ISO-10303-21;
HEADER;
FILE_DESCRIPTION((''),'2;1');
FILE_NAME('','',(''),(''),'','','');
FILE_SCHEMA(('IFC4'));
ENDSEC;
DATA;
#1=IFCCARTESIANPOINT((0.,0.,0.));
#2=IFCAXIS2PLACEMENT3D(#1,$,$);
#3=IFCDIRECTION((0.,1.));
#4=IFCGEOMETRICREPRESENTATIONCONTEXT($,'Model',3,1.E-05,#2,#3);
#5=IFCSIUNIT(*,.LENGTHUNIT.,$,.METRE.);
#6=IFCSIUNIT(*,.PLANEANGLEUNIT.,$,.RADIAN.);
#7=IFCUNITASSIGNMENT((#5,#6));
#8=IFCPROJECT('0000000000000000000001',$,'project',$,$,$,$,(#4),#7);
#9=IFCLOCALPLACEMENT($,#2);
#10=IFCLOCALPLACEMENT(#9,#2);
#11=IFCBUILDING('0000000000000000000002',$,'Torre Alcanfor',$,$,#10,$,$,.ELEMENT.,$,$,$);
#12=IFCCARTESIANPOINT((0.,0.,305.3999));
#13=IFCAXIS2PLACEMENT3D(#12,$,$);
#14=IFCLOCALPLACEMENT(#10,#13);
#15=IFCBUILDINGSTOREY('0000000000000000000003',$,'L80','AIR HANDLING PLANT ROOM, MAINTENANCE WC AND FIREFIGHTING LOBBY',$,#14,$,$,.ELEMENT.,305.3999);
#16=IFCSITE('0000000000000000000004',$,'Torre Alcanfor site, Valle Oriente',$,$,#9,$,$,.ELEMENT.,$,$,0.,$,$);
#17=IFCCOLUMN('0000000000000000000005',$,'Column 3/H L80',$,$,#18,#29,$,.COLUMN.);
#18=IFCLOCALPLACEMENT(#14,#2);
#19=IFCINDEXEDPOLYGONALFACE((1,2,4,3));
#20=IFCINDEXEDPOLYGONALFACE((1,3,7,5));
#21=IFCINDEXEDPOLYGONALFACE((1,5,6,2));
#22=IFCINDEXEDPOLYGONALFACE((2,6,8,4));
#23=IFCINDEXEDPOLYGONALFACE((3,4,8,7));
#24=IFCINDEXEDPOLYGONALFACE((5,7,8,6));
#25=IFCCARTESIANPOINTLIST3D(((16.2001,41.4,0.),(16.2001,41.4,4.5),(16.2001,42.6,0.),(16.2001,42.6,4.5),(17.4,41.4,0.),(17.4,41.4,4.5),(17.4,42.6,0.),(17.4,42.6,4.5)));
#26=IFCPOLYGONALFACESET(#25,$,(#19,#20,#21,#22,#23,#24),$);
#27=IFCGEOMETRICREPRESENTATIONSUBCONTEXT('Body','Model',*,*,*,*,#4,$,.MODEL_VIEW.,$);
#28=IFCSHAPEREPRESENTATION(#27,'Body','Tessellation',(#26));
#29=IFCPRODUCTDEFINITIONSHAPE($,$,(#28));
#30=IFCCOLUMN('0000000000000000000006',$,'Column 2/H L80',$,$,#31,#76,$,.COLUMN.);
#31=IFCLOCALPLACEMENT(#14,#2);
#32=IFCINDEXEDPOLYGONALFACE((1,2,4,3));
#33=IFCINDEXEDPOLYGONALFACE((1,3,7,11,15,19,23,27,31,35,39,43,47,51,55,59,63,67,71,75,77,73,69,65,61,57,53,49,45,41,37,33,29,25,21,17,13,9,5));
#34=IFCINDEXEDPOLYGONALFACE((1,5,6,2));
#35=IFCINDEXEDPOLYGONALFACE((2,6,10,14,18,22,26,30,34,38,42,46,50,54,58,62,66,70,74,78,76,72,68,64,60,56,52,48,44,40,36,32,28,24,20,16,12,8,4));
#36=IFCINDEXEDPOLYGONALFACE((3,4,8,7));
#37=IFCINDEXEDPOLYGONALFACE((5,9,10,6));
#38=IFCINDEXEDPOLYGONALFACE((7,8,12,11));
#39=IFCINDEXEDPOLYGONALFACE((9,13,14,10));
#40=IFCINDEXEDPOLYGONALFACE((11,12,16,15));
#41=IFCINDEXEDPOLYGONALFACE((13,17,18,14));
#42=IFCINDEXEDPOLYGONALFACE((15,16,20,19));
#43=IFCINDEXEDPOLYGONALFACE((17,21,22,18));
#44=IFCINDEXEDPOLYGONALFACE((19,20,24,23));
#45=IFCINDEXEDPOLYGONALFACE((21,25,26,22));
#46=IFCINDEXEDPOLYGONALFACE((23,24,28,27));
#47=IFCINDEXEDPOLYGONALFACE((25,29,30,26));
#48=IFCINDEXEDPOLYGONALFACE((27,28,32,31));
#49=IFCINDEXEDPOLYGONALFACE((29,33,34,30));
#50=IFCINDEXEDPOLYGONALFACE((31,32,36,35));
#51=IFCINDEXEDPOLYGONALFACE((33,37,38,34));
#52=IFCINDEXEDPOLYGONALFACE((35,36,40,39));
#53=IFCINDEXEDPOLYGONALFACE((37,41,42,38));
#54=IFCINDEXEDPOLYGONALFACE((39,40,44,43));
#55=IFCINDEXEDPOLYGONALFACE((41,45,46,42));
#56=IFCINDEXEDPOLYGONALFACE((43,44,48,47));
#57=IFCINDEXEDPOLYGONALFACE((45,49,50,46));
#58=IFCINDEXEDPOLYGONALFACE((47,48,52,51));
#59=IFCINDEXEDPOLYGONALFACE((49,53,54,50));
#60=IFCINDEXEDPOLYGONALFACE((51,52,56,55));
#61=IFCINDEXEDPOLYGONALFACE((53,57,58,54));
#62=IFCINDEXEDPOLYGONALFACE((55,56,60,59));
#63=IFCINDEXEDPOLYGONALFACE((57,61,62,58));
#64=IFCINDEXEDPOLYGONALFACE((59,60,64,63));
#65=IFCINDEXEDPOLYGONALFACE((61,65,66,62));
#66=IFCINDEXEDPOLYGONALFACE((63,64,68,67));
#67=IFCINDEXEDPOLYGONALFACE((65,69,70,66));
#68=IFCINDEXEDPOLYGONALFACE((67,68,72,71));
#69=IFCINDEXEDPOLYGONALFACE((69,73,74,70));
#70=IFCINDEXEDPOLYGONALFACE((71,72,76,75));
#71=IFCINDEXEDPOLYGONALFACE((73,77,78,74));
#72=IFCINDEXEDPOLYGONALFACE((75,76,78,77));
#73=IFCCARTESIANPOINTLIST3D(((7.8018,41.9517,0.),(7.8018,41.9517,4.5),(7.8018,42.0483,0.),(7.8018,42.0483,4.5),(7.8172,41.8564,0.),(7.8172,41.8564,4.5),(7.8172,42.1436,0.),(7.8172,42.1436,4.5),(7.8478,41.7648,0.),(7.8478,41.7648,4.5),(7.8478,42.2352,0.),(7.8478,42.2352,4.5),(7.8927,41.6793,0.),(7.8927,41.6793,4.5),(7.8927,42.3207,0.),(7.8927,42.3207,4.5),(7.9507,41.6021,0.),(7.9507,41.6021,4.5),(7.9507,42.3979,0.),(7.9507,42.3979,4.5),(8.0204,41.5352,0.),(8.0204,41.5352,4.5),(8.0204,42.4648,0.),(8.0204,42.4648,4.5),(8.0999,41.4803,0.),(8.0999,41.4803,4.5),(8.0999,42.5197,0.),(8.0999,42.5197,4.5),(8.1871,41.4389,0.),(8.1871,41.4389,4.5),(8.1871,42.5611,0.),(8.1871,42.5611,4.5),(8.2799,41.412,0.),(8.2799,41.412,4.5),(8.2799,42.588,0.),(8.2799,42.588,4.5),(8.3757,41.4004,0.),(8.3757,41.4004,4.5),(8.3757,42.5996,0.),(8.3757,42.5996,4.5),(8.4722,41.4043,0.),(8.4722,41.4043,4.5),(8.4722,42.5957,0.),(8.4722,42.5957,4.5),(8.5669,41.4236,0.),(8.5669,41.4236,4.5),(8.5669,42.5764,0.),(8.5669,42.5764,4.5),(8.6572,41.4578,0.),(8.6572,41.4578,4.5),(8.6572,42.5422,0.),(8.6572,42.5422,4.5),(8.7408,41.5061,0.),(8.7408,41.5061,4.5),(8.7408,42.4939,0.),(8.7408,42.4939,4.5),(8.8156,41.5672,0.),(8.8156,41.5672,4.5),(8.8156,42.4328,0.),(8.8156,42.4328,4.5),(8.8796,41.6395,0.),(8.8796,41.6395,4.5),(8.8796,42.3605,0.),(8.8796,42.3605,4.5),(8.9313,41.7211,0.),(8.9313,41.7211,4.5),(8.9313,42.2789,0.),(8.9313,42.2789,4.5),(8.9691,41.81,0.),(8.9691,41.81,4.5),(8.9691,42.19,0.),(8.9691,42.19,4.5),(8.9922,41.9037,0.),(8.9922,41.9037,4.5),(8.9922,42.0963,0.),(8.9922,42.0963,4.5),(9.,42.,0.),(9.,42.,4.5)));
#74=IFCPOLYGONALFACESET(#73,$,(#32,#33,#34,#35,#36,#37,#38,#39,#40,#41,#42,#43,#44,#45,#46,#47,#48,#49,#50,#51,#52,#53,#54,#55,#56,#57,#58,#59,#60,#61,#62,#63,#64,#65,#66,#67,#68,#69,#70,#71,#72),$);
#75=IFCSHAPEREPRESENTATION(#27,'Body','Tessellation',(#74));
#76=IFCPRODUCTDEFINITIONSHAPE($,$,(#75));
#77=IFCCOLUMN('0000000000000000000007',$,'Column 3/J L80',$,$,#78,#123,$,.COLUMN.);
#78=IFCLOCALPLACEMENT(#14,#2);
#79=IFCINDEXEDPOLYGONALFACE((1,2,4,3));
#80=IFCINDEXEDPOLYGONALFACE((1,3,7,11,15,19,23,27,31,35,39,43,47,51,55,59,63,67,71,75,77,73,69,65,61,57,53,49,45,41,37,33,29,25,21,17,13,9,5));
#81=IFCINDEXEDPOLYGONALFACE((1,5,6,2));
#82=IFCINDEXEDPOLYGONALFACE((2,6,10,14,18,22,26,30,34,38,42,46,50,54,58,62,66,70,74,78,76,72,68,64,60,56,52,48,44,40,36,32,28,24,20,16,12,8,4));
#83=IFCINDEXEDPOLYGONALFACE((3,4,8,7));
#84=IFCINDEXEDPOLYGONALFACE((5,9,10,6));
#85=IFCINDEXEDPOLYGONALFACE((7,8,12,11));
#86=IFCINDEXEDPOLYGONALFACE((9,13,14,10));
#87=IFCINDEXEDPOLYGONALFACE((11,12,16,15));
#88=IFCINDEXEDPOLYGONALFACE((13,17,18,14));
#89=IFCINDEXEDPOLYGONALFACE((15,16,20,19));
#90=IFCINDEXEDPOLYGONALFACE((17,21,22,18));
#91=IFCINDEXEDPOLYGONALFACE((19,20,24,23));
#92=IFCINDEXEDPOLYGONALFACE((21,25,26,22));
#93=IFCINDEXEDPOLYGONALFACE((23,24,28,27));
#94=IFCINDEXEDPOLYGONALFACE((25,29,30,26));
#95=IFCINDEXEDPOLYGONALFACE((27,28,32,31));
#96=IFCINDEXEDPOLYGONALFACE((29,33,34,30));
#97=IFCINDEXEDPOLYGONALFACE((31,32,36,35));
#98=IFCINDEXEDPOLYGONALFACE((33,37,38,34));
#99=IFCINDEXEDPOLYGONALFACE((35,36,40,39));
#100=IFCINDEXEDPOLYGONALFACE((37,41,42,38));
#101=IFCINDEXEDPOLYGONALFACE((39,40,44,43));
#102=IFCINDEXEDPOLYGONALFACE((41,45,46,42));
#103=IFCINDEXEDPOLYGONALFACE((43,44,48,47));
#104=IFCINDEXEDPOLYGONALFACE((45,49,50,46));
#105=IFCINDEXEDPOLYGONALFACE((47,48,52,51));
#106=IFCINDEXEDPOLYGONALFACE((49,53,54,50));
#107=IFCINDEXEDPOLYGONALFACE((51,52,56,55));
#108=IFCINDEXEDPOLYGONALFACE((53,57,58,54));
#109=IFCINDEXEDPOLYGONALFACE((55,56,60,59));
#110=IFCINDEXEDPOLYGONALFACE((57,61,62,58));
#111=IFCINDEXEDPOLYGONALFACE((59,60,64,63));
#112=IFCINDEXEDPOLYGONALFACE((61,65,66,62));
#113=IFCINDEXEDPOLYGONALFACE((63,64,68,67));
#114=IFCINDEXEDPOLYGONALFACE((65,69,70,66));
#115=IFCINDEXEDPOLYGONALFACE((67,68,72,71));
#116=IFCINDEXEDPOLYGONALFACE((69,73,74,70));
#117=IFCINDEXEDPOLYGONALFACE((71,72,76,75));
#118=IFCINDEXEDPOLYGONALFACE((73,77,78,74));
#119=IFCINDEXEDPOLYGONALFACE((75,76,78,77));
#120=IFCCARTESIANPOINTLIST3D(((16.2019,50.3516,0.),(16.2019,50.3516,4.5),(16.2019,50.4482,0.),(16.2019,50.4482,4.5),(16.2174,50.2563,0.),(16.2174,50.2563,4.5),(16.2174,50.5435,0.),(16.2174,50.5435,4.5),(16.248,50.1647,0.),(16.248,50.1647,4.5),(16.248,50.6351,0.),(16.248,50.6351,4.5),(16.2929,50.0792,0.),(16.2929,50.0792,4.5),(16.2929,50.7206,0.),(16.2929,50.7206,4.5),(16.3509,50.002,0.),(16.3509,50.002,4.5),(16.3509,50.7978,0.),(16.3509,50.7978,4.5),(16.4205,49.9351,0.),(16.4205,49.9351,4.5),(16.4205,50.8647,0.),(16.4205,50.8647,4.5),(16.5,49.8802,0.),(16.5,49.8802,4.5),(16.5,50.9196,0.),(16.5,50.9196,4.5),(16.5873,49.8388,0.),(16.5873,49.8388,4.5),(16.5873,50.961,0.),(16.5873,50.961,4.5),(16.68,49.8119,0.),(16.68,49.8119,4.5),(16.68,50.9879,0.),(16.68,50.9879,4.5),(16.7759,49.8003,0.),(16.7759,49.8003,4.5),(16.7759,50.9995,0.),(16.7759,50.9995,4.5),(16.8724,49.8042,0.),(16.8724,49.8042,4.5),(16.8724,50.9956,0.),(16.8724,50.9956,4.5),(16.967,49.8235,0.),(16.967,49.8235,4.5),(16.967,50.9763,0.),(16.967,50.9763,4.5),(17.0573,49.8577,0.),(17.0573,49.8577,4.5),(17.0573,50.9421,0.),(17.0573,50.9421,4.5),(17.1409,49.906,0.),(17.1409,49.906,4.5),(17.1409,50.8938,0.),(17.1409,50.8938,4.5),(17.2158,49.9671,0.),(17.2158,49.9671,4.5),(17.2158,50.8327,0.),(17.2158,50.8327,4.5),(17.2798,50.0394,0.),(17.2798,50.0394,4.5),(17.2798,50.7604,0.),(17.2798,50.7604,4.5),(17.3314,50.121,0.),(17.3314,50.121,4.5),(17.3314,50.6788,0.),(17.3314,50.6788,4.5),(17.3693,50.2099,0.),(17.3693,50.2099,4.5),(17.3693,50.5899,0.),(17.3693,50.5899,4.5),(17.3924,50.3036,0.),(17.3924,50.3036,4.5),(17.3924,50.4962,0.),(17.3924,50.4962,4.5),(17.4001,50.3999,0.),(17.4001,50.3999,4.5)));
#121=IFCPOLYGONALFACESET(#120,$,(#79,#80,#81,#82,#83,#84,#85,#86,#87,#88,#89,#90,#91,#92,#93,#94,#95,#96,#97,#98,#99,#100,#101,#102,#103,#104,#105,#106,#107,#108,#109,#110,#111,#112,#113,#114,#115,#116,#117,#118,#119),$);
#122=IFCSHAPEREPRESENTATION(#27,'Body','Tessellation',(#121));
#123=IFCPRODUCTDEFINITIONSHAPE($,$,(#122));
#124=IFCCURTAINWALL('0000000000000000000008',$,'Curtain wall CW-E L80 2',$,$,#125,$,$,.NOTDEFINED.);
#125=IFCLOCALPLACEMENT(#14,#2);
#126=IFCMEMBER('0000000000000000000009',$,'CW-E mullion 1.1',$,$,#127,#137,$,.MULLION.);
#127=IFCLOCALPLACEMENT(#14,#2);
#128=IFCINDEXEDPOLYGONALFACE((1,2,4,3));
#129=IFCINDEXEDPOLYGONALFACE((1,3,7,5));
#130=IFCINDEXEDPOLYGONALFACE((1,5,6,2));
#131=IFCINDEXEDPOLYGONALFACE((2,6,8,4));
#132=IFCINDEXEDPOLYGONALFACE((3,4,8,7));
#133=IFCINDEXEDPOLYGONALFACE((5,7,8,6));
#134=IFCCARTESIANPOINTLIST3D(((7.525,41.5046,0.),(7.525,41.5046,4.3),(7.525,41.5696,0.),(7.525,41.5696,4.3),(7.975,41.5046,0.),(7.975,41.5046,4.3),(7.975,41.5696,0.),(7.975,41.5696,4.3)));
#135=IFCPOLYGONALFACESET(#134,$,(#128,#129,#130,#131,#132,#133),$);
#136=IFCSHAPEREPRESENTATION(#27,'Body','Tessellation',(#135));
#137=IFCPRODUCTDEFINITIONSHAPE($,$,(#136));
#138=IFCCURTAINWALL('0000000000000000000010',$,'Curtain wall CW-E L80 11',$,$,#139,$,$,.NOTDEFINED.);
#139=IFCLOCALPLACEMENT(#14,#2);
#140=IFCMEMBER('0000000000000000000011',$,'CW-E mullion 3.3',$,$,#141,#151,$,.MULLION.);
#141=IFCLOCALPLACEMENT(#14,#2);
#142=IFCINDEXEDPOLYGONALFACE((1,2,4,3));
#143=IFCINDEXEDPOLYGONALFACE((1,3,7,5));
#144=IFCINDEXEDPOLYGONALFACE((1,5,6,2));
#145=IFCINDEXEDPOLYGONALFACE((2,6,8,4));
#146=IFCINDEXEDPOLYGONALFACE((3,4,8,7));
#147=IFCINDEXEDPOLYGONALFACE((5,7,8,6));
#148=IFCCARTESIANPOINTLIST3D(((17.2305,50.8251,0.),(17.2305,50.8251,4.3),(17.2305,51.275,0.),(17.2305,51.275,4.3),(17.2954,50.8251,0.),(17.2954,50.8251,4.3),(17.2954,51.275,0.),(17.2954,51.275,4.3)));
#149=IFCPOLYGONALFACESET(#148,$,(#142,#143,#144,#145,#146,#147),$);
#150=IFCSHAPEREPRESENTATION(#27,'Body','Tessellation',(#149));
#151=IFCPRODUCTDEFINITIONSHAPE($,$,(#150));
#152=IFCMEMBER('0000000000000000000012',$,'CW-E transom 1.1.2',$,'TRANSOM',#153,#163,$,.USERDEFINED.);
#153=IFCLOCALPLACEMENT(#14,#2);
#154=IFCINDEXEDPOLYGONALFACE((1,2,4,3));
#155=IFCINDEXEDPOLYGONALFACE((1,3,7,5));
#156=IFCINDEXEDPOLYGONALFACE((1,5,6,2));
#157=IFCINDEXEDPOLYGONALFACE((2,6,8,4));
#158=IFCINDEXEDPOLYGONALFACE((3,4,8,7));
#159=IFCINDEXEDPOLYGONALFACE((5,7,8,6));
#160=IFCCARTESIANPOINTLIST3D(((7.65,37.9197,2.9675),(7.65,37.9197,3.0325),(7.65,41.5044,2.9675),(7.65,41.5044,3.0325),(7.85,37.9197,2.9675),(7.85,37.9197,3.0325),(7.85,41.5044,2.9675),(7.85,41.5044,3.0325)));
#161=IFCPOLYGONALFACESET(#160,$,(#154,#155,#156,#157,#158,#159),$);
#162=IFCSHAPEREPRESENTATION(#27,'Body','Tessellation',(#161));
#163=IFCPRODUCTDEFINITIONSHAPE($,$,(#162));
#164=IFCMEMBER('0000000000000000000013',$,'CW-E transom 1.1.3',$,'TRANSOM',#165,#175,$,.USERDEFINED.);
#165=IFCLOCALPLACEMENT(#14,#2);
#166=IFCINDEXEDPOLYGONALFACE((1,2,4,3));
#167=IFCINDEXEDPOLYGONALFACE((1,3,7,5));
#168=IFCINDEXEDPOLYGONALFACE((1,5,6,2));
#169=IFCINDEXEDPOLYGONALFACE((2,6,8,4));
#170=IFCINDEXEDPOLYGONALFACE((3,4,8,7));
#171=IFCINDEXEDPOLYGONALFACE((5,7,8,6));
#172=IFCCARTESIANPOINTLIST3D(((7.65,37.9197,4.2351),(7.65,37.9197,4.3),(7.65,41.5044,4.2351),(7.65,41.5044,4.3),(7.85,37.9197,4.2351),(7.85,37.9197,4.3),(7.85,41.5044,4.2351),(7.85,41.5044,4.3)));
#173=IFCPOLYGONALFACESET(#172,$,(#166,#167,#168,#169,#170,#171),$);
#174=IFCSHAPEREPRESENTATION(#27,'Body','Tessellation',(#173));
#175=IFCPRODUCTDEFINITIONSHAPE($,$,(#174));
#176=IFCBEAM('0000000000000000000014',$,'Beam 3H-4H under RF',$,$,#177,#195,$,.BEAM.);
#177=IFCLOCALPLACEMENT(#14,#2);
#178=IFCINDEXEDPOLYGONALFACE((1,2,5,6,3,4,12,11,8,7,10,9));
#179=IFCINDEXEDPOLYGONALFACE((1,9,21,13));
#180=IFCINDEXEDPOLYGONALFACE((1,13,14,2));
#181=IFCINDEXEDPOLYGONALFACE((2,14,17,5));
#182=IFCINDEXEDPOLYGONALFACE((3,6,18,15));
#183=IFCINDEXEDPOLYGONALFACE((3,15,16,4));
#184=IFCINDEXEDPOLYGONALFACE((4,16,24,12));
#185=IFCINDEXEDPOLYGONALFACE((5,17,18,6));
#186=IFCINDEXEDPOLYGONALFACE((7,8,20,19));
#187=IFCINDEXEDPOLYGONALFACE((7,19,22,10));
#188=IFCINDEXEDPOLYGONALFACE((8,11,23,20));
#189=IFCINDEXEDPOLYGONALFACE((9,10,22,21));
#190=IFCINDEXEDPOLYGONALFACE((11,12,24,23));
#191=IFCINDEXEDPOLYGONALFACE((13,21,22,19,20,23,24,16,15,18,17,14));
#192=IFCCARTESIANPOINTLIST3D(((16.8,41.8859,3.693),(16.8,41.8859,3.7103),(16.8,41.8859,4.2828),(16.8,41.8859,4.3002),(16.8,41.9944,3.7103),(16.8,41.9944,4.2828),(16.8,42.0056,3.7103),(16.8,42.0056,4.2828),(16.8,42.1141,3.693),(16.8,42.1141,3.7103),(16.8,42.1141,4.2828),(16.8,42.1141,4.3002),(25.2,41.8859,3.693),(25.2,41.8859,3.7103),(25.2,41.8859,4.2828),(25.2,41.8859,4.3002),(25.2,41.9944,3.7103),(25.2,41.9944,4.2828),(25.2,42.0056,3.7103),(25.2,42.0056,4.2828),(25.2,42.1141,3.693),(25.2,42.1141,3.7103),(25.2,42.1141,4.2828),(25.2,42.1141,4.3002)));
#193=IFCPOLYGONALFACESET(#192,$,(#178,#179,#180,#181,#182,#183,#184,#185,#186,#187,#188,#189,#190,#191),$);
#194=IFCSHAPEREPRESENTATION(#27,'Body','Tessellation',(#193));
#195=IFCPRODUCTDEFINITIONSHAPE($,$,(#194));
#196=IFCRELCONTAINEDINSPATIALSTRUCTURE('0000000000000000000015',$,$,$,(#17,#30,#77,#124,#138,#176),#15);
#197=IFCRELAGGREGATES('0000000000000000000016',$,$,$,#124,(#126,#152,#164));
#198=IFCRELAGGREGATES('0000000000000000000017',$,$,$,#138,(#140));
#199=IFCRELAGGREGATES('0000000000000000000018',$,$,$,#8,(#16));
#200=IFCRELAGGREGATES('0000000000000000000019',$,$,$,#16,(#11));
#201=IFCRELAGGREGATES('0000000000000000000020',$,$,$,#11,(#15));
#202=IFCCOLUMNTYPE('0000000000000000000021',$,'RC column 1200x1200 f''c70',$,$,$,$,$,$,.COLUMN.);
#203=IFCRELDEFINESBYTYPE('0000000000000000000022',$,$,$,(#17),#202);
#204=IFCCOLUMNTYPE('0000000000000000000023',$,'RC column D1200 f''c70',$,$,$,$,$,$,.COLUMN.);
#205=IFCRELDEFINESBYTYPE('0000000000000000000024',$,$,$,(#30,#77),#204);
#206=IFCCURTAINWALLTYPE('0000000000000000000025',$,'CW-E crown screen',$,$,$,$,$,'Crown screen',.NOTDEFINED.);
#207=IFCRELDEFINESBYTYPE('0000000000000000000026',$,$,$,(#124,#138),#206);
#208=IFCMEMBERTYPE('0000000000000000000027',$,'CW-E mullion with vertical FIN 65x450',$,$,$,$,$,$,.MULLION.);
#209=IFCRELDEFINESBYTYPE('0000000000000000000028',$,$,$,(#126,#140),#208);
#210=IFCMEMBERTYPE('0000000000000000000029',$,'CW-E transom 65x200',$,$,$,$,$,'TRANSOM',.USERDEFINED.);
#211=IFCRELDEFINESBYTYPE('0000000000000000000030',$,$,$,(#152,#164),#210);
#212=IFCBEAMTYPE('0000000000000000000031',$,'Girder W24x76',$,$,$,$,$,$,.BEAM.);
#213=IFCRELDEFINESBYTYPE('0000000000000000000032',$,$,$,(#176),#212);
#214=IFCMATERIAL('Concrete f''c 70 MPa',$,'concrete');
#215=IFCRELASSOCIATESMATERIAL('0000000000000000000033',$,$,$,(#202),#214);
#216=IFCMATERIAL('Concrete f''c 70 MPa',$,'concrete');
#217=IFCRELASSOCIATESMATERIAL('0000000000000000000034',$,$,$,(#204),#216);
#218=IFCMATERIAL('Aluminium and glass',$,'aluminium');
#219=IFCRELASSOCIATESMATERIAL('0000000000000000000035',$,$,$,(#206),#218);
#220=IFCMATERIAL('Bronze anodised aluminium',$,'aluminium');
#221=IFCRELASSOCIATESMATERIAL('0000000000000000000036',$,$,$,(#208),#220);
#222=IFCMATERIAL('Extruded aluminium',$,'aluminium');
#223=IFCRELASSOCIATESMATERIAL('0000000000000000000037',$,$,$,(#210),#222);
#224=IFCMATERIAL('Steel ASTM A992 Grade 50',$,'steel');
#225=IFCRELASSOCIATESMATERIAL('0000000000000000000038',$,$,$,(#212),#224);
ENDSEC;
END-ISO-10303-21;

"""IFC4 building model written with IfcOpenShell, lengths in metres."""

from ifc_helpers import new_model, si_unit, direction, frame, origin, origin_2d, place, context, subcontext, project, spatial, rectangle, circle, i_section, extrude, material, material_profile, profile_set, type_object, element, aggregate, save


model = new_model("IFC4")

# Units and contexts
model_context = context("Model", 3, precision=1e-05, world=origin(), true_north=direction((0.0, 1.0)))
body_context = subcontext(model_context, "Body", "Model", "MODEL_VIEW")
ifc_project = project(units=[si_unit("LENGTHUNIT", "METRE"), si_unit("PLANEANGLEUNIT", "RADIAN")], contexts=[model_context])

# Site, building, storey
site_placement = place(None, origin())
site = spatial("IfcSite", under=ifc_project, at=site_placement, Name="Torre Alcanfor site, Valle Oriente", CompositionType="ELEMENT", RefElevation=0.0)
building_placement = place(site_placement, origin())
building = spatial("IfcBuilding", under=site, at=building_placement, Name="Torre Alcanfor", CompositionType="ELEMENT")
storey_placement = place(building_placement, frame((0.0, 0.0, 305.3999)))
storey = spatial("IfcBuildingStorey", under=building, at=storey_placement, Name="L80", Description="AIR HANDLING PLANT ROOM, MAINTENANCE WC AND FIREFIGHTING LOBBY", CompositionType="ELEMENT", Elevation=305.3999)

# Columns
ifc_material_1 = material(Name="Concrete f'c 70 MPa", Category="concrete")
ifc_material_profile_1 = material_profile(ifc_material_1, rectangle(XDim=1.2, YDim=1.2, at=origin_2d()), Name="1200x1200")
ifc_profile_set_1 = profile_set([ifc_material_profile_1], Name="Concrete f'c 70 MPa")
column_type_1 = type_object("IfcColumnType", Name="RC column 1200x1200 f'c70", PredefinedType="COLUMN", material=ifc_profile_set_1)
column_placement = place(storey_placement, frame((16.8, 42.0, 0.0), z_axis=(0.0, 0.0, 1.0), x_axis=(1.0, 0.0, 0.0)))
element("IfcColumn", 1, at=column_placement, inside=storey, type_object=column_type_1, Name="Column 3/H L80", PredefinedType="COLUMN", context=body_context, shape_type="SweptSolid", body=[
    extrude(rectangle(XDim=1.2, YDim=1.2, at=origin_2d()), origin(), (0.0, 0.0, 1.0), 4.5),
])
ifc_material_2 = material(Name="Concrete f'c 70 MPa", Category="concrete")
ifc_material_profile_2 = material_profile(ifc_material_2, circle(Radius=0.6001, at=origin_2d()), Name="D1200")
ifc_profile_set_2 = profile_set([ifc_material_profile_2], Name="Concrete f'c 70 MPa")
column_type_2 = type_object("IfcColumnType", Name="RC column D1200 f'c70", PredefinedType="COLUMN", material=ifc_profile_set_2)
for number, where, z_axis, x_axis, name in (
    (2, (8.3999, 42.0, 0.0), (0.0, 0.0, 1.0), (1.0, 0.0, 0.0), "Column 2/H L80"),
    (3, (16.8, 50.3999, 0.0), (0.0, 0.0, 1.0), (1.0, 0.0, 0.0), "Column 3/J L80"),
):
    element("IfcColumn", number, at=place(storey_placement, frame(where, z_axis=z_axis, x_axis=x_axis)), inside=storey, type_object=column_type_2, Name=name, PredefinedType="COLUMN", context=body_context, shape_type="SweptSolid", body=[
        extrude(circle(Radius=0.6001, at=origin_2d()), origin(), (0.0, 0.0, 1.0), 4.5),
    ])

# Curtain walls, members
ifc_material_3 = material(Name="Aluminium and glass", Category="aluminium")
curtain_wall_type = type_object("IfcCurtainWallType", Name="CW-E crown screen", ElementType="Crown screen", PredefinedType="NOTDEFINED", material=ifc_material_3)
curtain_wall_1_placement = place(storey_placement, origin())
curtain_wall_1 = element("IfcCurtainWall", 4, at=curtain_wall_1_placement, inside=storey, type_object=curtain_wall_type, Name="Curtain wall CW-E L80 2", PredefinedType="NOTDEFINED")
ifc_material_4 = material(Name="Bronze anodised aluminium", Category="aluminium")
ifc_material_profile_3 = material_profile(ifc_material_4, rectangle(XDim=0.45, YDim=0.0649, at=origin_2d()), Name="CW-E mullion 65x450")
ifc_profile_set_3 = profile_set([ifc_material_profile_3], Name="Bronze anodised aluminium")
member_type_1 = type_object("IfcMemberType", Name="CW-E mullion with vertical FIN 65x450", PredefinedType="MULLION", material=ifc_profile_set_3)
member_1_placement = place(storey_placement, frame((7.75, 41.5371, 0.0), z_axis=(0.0, 0.0, 1.0), x_axis=(1.0, 0.0, 0.0)))
member_1 = element("IfcMember", 5, at=member_1_placement, type_object=member_type_1, Name="CW-E mullion 1.1", PredefinedType="MULLION", context=body_context, shape_type="SweptSolid", body=[
    extrude(rectangle(XDim=0.45, YDim=0.0649, at=origin_2d()), origin(), (0.0, 0.0, 1.0), 4.3),
])
curtain_wall_2_placement = place(storey_placement, origin())
curtain_wall_2 = element("IfcCurtainWall", 6, at=curtain_wall_2_placement, inside=storey, type_object=curtain_wall_type, Name="Curtain wall CW-E L80 11", PredefinedType="NOTDEFINED")
member_2_placement = place(storey_placement, frame((17.2629, 51.05, 0.0), z_axis=(0.0, 0.0, 1.0), x_axis=(0.0, -1.0, 0.0)))
member_2 = element("IfcMember", 7, at=member_2_placement, type_object=member_type_1, Name="CW-E mullion 3.3", PredefinedType="MULLION", context=body_context, shape_type="SweptSolid", body=[
    extrude(rectangle(XDim=0.45, YDim=0.0649, at=origin_2d()), origin(), (0.0, 0.0, 1.0), 4.3),
])

# Members
ifc_material_5 = material(Name="Extruded aluminium", Category="aluminium")
ifc_material_profile_4 = material_profile(ifc_material_5, rectangle(XDim=0.2, YDim=0.0649, at=origin_2d()), Name="CW-E transom 200x65")
ifc_profile_set_4 = profile_set([ifc_material_profile_4], Name="Extruded aluminium")
member_type_2 = type_object("IfcMemberType", Name="CW-E transom 65x200", ElementType="TRANSOM", PredefinedType="USERDEFINED", material=ifc_profile_set_4)
member_3_placement = place(storey_placement, frame((7.75, 41.5044, 3.0), z_axis=(0.0, -1.0, 0.0), x_axis=(1.0, 0.0, 0.0)))
member_3 = element("IfcMember", 8, at=member_3_placement, type_object=member_type_2, Name="CW-E transom 1.1.2", ObjectType="TRANSOM", PredefinedType="USERDEFINED", context=body_context, shape_type="SweptSolid", body=[
    extrude(rectangle(XDim=0.2, YDim=0.0649, at=origin_2d()), origin(), (0.0, 0.0, 1.0), 3.5847),
])
member_4_placement = place(storey_placement, frame((7.75, 41.5044, 4.2676), z_axis=(0.0, -1.0, 0.0), x_axis=(1.0, 0.0, 0.0)))
member_4 = element("IfcMember", 9, at=member_4_placement, type_object=member_type_2, Name="CW-E transom 1.1.3", ObjectType="TRANSOM", PredefinedType="USERDEFINED", context=body_context, shape_type="SweptSolid", body=[
    extrude(rectangle(XDim=0.2, YDim=0.0649, at=origin_2d()), origin(), (0.0, 0.0, 1.0), 3.5847),
])

# Beam
ifc_material_6 = material(Name="Steel ASTM A992 Grade 50", Category="steel")
ifc_material_profile_5 = material_profile(ifc_material_6, i_section(OverallWidth=0.2283, OverallDepth=0.6072, WebThickness=0.0112, FlangeThickness=0.0173, at=origin_2d()), Name="W24x76")
ifc_profile_set_5 = profile_set([ifc_material_profile_5], Name="Steel ASTM A992 Grade 50")
beam_type_1 = type_object("IfcBeamType", Name="Girder W24x76", PredefinedType="BEAM", material=ifc_profile_set_5)
beam_1_placement = place(storey_placement, frame((16.8, 42.0, 3.9966), z_axis=(1.0, 0.0, 0.0), x_axis=(0.0, 1.0, 0.0)))
element("IfcBeam", 10, at=beam_1_placement, inside=storey, type_object=beam_type_1, Name="Beam 3H-4H under RF", PredefinedType="BEAM", context=body_context, shape_type="SweptSolid", body=[
    extrude(i_section(OverallWidth=0.2283, OverallDepth=0.6072, WebThickness=0.0112, FlangeThickness=0.0173, at=origin_2d()), origin(), (0.0, 0.0, 1.0), 8.3999),
])

aggregate(curtain_wall_1, [member_1, member_3, member_4])
aggregate(curtain_wall_2, [member_2])

save(model, "model.ifc")
